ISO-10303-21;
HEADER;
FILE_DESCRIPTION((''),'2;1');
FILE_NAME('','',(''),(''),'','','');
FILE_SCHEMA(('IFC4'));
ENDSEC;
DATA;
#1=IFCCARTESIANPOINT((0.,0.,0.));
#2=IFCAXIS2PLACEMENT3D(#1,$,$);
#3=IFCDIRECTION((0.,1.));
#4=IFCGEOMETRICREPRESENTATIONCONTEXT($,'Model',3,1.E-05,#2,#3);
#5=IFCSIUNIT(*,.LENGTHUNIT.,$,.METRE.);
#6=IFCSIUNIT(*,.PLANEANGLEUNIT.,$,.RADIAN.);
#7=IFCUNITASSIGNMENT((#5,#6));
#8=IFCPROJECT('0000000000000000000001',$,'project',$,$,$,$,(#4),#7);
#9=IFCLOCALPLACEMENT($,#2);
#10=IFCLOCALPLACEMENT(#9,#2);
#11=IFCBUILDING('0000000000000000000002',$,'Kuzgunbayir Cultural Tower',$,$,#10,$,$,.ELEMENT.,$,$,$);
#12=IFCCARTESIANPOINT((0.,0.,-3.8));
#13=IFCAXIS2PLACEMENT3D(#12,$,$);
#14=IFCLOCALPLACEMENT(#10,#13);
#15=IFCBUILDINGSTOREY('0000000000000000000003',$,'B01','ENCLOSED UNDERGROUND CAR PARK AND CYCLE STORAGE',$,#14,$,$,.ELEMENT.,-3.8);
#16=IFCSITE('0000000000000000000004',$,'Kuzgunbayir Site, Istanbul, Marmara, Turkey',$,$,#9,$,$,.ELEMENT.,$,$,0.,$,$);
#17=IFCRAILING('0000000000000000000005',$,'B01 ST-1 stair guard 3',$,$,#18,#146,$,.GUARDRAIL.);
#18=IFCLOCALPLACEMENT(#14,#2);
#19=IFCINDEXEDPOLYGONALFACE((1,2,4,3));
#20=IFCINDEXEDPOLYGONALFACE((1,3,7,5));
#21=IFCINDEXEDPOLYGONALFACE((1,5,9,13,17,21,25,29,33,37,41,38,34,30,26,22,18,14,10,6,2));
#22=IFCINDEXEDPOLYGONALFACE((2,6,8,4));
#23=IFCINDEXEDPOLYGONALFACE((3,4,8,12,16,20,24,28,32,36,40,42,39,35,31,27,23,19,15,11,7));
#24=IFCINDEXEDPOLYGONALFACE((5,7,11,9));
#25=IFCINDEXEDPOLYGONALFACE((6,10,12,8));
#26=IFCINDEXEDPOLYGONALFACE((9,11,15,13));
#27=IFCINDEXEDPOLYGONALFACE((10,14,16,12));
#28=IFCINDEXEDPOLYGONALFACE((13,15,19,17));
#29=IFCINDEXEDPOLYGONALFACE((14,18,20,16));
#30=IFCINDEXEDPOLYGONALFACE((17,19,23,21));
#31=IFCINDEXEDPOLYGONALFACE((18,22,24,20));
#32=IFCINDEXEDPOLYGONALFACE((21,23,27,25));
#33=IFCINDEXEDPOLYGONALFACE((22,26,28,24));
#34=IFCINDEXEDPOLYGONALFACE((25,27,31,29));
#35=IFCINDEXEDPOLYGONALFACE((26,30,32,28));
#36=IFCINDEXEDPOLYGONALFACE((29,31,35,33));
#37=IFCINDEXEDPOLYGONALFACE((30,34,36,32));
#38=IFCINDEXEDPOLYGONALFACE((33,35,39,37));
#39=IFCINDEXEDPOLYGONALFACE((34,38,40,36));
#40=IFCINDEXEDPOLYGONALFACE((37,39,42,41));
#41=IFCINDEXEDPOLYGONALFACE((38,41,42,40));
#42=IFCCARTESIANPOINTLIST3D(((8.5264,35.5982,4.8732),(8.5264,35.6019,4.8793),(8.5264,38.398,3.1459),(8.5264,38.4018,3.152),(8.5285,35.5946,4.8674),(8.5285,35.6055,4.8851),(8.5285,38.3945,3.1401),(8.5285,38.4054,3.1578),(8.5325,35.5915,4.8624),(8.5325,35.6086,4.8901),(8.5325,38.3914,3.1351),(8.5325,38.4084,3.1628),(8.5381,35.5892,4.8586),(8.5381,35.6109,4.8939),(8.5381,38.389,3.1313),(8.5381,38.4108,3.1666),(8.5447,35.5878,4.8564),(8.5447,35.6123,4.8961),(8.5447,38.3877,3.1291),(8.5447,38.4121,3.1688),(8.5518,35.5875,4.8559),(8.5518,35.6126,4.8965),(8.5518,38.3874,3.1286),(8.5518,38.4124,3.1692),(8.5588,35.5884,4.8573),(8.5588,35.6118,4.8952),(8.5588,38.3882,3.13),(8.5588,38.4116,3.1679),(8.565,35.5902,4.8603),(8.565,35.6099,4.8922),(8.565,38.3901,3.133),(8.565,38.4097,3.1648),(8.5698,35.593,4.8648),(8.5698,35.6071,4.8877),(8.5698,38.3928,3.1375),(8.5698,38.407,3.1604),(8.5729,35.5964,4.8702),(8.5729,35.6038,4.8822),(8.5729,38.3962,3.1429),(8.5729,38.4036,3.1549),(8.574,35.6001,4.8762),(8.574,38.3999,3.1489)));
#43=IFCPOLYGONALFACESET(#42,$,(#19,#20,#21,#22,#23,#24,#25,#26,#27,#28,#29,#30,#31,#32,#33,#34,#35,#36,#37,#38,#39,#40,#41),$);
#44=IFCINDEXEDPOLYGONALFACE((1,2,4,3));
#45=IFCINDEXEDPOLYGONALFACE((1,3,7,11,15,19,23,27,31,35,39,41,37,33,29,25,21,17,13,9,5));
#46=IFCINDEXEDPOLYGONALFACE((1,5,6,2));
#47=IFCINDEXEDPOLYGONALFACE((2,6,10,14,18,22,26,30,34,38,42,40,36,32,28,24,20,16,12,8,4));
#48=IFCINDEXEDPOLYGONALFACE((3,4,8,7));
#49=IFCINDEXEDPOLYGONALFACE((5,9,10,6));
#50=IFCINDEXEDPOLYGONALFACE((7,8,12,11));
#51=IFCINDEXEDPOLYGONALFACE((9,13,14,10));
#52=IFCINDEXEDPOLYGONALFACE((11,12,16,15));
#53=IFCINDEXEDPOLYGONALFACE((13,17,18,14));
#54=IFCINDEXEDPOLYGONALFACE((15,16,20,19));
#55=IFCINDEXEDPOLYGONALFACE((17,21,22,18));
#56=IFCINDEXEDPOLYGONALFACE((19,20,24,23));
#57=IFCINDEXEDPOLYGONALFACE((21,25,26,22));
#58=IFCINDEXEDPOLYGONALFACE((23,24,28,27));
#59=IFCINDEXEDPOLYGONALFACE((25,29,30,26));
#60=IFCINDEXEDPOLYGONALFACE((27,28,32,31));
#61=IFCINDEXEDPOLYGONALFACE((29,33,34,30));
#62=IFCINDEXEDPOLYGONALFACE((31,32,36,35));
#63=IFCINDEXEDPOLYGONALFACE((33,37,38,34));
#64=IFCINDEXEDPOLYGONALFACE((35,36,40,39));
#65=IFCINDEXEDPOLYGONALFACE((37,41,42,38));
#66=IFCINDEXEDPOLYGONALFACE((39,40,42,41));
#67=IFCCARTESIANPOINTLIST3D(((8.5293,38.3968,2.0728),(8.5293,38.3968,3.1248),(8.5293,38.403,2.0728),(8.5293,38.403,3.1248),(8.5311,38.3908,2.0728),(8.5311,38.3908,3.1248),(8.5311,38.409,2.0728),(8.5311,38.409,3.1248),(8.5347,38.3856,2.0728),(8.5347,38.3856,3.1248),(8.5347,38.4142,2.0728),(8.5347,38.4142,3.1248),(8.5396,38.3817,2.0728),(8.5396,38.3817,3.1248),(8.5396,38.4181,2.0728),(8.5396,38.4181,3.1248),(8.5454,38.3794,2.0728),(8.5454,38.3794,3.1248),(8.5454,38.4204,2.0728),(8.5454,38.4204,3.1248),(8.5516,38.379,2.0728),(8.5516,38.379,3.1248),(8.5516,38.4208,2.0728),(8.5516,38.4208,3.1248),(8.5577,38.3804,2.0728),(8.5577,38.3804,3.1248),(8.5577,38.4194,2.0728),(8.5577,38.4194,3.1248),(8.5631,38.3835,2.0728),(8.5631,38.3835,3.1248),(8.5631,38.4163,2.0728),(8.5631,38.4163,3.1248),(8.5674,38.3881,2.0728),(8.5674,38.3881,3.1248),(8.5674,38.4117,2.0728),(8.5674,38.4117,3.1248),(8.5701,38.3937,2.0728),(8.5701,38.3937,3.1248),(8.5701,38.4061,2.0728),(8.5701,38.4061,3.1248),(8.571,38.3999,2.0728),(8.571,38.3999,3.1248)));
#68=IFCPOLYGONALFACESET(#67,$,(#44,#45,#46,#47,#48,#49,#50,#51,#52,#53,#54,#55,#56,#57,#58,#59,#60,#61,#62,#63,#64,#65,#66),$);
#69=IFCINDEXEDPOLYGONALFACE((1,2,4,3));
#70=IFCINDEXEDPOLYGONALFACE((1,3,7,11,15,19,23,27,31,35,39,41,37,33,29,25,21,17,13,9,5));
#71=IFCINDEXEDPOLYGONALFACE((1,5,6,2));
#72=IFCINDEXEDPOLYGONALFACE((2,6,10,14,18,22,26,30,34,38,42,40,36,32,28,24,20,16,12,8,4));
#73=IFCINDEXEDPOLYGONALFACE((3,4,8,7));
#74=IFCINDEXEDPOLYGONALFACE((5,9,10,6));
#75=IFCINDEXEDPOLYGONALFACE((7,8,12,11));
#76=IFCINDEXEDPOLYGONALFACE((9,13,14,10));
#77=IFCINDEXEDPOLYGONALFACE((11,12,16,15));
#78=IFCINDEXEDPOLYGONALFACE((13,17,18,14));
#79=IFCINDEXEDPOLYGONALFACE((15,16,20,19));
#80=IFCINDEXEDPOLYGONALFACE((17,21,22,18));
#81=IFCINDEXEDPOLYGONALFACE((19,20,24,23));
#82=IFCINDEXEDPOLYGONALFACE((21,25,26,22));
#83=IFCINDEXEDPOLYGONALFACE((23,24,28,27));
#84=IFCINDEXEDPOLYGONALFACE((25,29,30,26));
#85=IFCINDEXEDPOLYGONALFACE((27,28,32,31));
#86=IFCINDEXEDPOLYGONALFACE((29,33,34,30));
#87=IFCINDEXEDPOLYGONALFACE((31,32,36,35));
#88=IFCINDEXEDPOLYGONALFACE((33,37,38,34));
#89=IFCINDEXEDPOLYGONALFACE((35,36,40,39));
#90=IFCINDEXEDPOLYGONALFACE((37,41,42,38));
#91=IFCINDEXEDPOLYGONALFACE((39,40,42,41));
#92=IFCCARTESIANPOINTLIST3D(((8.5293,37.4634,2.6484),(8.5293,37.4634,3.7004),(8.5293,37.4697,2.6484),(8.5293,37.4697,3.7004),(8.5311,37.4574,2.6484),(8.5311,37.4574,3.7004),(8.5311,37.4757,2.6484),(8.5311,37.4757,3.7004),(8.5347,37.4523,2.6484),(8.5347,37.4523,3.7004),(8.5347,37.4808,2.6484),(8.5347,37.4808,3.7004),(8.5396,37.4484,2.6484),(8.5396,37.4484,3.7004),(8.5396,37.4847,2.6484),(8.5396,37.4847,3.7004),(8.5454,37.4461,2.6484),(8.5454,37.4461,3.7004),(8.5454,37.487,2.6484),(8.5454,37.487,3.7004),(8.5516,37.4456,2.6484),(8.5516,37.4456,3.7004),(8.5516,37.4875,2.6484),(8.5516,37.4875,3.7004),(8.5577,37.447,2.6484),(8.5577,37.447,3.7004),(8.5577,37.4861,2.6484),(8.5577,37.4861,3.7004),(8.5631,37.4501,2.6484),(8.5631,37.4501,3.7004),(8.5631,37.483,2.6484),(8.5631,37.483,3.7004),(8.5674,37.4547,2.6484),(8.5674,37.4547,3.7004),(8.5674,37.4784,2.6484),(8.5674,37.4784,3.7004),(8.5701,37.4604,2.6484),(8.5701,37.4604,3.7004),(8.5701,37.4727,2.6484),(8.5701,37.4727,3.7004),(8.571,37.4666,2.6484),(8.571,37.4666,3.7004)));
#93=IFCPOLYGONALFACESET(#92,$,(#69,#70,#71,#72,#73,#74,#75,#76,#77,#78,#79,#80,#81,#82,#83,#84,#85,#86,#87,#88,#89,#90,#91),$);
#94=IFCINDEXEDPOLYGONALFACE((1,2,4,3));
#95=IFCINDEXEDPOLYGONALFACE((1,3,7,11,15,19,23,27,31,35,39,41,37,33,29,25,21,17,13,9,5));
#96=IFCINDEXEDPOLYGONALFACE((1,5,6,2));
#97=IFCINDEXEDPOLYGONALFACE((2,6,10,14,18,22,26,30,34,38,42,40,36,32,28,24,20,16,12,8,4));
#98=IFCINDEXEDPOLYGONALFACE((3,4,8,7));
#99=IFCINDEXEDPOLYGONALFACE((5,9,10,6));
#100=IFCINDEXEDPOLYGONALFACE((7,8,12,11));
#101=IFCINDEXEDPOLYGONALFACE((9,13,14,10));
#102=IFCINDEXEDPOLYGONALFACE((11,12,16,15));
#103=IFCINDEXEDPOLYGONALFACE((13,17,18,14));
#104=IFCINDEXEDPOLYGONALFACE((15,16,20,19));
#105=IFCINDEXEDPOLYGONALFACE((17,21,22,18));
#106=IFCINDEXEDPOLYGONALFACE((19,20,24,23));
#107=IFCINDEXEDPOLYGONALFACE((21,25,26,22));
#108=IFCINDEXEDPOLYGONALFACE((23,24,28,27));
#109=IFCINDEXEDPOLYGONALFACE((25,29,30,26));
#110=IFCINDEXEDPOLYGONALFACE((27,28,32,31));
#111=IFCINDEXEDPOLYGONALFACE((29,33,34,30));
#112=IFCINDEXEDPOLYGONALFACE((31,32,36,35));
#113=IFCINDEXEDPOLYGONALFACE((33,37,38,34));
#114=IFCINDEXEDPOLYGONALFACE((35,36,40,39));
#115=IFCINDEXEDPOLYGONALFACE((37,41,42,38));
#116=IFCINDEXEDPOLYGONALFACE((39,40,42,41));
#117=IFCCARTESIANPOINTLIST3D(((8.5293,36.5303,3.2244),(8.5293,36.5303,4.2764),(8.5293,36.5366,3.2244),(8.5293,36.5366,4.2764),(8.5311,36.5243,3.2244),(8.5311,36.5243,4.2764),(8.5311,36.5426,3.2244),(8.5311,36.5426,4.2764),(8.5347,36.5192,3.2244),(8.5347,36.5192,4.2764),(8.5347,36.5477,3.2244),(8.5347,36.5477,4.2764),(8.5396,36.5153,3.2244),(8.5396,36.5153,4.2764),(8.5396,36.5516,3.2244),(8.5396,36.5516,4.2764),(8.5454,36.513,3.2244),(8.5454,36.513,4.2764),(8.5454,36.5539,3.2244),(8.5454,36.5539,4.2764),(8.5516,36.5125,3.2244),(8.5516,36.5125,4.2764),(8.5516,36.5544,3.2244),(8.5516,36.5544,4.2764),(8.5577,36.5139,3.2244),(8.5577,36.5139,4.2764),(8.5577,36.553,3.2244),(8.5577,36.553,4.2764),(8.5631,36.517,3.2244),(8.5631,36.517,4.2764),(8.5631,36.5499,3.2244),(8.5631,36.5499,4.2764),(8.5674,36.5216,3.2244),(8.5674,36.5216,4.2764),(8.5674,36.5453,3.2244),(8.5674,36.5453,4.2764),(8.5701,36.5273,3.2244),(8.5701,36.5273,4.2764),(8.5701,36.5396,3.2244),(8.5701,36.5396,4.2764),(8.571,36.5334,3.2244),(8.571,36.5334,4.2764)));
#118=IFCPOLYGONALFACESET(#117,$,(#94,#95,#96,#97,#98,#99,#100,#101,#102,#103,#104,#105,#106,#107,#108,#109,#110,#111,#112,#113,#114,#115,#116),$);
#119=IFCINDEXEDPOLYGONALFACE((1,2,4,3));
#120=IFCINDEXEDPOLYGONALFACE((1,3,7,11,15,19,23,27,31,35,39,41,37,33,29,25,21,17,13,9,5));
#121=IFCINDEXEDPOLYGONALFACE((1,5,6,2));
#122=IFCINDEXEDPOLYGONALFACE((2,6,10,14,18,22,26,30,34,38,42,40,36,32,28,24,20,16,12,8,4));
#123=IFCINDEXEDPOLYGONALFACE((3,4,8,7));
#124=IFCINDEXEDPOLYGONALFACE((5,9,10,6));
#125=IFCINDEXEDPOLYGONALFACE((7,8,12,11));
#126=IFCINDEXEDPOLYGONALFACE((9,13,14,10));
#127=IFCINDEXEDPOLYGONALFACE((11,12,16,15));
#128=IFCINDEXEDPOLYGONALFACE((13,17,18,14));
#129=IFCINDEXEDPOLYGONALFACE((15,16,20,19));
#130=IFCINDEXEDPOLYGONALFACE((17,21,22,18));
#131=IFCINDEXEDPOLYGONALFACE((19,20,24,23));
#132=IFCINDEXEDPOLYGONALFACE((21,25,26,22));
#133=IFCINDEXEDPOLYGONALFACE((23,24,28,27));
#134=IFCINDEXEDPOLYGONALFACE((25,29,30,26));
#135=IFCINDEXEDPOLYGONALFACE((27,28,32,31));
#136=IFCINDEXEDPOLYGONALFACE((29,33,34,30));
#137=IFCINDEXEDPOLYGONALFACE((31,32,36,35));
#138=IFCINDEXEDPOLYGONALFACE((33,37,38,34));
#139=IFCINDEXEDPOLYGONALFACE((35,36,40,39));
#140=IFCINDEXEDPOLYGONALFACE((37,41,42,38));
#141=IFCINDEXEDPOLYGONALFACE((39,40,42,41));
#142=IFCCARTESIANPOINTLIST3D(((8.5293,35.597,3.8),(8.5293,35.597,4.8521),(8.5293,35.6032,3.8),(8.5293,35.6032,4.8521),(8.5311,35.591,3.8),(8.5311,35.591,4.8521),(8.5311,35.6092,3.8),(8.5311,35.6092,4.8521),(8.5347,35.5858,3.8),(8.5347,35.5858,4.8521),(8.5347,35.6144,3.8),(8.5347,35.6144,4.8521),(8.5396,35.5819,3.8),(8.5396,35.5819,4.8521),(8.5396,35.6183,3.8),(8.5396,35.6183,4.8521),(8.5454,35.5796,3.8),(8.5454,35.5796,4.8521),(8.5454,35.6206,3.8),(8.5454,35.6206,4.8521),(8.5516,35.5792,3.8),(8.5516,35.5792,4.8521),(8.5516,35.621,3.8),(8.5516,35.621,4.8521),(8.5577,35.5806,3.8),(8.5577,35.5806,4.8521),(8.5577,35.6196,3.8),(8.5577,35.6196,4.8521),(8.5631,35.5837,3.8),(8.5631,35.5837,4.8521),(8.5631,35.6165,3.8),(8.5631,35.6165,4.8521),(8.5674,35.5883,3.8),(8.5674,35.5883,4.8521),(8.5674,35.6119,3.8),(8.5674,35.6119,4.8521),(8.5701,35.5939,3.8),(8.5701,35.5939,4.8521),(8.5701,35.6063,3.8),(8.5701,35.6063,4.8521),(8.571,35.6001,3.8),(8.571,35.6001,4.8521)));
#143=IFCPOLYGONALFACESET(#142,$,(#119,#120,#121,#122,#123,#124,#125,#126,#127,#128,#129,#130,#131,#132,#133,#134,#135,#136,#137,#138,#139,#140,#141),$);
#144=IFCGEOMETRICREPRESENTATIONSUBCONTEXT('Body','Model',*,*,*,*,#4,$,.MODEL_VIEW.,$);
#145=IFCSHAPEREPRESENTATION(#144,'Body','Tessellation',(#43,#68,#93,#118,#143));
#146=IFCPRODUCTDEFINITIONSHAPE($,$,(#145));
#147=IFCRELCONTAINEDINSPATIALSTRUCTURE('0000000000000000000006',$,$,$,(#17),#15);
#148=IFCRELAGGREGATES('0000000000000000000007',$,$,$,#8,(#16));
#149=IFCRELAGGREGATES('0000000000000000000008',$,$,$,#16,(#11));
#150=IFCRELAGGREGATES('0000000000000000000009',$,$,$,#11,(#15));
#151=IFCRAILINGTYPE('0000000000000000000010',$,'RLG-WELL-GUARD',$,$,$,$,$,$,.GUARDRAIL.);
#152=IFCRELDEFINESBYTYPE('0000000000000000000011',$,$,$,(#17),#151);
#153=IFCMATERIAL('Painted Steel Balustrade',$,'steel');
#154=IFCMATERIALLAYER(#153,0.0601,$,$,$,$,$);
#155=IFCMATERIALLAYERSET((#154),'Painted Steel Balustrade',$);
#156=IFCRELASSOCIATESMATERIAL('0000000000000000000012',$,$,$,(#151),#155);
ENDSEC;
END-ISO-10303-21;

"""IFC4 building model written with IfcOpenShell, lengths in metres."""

from ifc_helpers import new_model, si_unit, direction, frame, origin, origin_2d, place, context, subcontext, project, spatial, circle, extrude, material, layer, layer_set, type_object, element, save


model = new_model("IFC4")

# Units and contexts
model_context = context("Model", 3, precision=1e-05, world=origin(), true_north=direction((0.0, 1.0)))
body_context = subcontext(model_context, "Body", "Model", "MODEL_VIEW")
ifc_project = project(units=[si_unit("LENGTHUNIT", "METRE"), si_unit("PLANEANGLEUNIT", "RADIAN")], contexts=[model_context])

# Site, building, storey
site_placement = place(None, origin())
site = spatial("IfcSite", under=ifc_project, at=site_placement, Name="Kuzgunbayir Site, Istanbul, Marmara, Turkey", CompositionType="ELEMENT", RefElevation=0.0)
building_placement = place(site_placement, origin())
building = spatial("IfcBuilding", under=site, at=building_placement, Name="Kuzgunbayir Cultural Tower", CompositionType="ELEMENT")
storey_placement = place(building_placement, frame((0.0, 0.0, -3.8)))
storey = spatial("IfcBuildingStorey", under=building, at=storey_placement, Name="B01", Description="ENCLOSED UNDERGROUND CAR PARK AND CYCLE STORAGE", CompositionType="ELEMENT", Elevation=-3.8)

# Railing
ifc_material_1 = material(Name="Painted Steel Balustrade", Category="steel")
ifc_layer_1 = layer(ifc_material_1, 0.0601)
ifc_layer_set_1 = layer_set([ifc_layer_1], Name="Painted Steel Balustrade")
railing_type_1 = type_object("IfcRailingType", Name="RLG-WELL-GUARD", PredefinedType="GUARDRAIL", material=ifc_layer_set_1)
railing_1_placement = place(storey_placement, frame((8.55, 38.3999, 2.0728)))
element("IfcRailing", 1, at=railing_1_placement, inside=storey, type_object=railing_type_1, Name="B01 ST-1 stair guard 3", PredefinedType="GUARDRAIL", context=body_context, shape_type="SweptSolid", body=[
    extrude(circle(Radius=0.0239, at=origin_2d()), frame((0.0, 0.0, 1.0762), z_axis=(0.0, -0.851069, 0.525054), x_axis=(1.0, 0.0, 0.0)), (0.0, 0.0, 1.0), 3.2898),
    extrude(circle(Radius=0.021, at=origin_2d()), origin(), (0.0, 0.0, 1.0), 1.052),
    extrude(circle(Radius=0.021, at=origin_2d()), frame((0.0, -0.9333, 0.5757)), (0.0, 0.0, 1.0), 1.052),
    extrude(circle(Radius=0.021, at=origin_2d()), frame((0.0, -1.8665, 1.1516)), (0.0, 0.0, 1.0), 1.052),
    extrude(circle(Radius=0.021, at=origin_2d()), frame((0.0, -2.7998, 1.7273)), (0.0, 0.0, 1.0), 1.052),
])

save(model, "model.ifc")
